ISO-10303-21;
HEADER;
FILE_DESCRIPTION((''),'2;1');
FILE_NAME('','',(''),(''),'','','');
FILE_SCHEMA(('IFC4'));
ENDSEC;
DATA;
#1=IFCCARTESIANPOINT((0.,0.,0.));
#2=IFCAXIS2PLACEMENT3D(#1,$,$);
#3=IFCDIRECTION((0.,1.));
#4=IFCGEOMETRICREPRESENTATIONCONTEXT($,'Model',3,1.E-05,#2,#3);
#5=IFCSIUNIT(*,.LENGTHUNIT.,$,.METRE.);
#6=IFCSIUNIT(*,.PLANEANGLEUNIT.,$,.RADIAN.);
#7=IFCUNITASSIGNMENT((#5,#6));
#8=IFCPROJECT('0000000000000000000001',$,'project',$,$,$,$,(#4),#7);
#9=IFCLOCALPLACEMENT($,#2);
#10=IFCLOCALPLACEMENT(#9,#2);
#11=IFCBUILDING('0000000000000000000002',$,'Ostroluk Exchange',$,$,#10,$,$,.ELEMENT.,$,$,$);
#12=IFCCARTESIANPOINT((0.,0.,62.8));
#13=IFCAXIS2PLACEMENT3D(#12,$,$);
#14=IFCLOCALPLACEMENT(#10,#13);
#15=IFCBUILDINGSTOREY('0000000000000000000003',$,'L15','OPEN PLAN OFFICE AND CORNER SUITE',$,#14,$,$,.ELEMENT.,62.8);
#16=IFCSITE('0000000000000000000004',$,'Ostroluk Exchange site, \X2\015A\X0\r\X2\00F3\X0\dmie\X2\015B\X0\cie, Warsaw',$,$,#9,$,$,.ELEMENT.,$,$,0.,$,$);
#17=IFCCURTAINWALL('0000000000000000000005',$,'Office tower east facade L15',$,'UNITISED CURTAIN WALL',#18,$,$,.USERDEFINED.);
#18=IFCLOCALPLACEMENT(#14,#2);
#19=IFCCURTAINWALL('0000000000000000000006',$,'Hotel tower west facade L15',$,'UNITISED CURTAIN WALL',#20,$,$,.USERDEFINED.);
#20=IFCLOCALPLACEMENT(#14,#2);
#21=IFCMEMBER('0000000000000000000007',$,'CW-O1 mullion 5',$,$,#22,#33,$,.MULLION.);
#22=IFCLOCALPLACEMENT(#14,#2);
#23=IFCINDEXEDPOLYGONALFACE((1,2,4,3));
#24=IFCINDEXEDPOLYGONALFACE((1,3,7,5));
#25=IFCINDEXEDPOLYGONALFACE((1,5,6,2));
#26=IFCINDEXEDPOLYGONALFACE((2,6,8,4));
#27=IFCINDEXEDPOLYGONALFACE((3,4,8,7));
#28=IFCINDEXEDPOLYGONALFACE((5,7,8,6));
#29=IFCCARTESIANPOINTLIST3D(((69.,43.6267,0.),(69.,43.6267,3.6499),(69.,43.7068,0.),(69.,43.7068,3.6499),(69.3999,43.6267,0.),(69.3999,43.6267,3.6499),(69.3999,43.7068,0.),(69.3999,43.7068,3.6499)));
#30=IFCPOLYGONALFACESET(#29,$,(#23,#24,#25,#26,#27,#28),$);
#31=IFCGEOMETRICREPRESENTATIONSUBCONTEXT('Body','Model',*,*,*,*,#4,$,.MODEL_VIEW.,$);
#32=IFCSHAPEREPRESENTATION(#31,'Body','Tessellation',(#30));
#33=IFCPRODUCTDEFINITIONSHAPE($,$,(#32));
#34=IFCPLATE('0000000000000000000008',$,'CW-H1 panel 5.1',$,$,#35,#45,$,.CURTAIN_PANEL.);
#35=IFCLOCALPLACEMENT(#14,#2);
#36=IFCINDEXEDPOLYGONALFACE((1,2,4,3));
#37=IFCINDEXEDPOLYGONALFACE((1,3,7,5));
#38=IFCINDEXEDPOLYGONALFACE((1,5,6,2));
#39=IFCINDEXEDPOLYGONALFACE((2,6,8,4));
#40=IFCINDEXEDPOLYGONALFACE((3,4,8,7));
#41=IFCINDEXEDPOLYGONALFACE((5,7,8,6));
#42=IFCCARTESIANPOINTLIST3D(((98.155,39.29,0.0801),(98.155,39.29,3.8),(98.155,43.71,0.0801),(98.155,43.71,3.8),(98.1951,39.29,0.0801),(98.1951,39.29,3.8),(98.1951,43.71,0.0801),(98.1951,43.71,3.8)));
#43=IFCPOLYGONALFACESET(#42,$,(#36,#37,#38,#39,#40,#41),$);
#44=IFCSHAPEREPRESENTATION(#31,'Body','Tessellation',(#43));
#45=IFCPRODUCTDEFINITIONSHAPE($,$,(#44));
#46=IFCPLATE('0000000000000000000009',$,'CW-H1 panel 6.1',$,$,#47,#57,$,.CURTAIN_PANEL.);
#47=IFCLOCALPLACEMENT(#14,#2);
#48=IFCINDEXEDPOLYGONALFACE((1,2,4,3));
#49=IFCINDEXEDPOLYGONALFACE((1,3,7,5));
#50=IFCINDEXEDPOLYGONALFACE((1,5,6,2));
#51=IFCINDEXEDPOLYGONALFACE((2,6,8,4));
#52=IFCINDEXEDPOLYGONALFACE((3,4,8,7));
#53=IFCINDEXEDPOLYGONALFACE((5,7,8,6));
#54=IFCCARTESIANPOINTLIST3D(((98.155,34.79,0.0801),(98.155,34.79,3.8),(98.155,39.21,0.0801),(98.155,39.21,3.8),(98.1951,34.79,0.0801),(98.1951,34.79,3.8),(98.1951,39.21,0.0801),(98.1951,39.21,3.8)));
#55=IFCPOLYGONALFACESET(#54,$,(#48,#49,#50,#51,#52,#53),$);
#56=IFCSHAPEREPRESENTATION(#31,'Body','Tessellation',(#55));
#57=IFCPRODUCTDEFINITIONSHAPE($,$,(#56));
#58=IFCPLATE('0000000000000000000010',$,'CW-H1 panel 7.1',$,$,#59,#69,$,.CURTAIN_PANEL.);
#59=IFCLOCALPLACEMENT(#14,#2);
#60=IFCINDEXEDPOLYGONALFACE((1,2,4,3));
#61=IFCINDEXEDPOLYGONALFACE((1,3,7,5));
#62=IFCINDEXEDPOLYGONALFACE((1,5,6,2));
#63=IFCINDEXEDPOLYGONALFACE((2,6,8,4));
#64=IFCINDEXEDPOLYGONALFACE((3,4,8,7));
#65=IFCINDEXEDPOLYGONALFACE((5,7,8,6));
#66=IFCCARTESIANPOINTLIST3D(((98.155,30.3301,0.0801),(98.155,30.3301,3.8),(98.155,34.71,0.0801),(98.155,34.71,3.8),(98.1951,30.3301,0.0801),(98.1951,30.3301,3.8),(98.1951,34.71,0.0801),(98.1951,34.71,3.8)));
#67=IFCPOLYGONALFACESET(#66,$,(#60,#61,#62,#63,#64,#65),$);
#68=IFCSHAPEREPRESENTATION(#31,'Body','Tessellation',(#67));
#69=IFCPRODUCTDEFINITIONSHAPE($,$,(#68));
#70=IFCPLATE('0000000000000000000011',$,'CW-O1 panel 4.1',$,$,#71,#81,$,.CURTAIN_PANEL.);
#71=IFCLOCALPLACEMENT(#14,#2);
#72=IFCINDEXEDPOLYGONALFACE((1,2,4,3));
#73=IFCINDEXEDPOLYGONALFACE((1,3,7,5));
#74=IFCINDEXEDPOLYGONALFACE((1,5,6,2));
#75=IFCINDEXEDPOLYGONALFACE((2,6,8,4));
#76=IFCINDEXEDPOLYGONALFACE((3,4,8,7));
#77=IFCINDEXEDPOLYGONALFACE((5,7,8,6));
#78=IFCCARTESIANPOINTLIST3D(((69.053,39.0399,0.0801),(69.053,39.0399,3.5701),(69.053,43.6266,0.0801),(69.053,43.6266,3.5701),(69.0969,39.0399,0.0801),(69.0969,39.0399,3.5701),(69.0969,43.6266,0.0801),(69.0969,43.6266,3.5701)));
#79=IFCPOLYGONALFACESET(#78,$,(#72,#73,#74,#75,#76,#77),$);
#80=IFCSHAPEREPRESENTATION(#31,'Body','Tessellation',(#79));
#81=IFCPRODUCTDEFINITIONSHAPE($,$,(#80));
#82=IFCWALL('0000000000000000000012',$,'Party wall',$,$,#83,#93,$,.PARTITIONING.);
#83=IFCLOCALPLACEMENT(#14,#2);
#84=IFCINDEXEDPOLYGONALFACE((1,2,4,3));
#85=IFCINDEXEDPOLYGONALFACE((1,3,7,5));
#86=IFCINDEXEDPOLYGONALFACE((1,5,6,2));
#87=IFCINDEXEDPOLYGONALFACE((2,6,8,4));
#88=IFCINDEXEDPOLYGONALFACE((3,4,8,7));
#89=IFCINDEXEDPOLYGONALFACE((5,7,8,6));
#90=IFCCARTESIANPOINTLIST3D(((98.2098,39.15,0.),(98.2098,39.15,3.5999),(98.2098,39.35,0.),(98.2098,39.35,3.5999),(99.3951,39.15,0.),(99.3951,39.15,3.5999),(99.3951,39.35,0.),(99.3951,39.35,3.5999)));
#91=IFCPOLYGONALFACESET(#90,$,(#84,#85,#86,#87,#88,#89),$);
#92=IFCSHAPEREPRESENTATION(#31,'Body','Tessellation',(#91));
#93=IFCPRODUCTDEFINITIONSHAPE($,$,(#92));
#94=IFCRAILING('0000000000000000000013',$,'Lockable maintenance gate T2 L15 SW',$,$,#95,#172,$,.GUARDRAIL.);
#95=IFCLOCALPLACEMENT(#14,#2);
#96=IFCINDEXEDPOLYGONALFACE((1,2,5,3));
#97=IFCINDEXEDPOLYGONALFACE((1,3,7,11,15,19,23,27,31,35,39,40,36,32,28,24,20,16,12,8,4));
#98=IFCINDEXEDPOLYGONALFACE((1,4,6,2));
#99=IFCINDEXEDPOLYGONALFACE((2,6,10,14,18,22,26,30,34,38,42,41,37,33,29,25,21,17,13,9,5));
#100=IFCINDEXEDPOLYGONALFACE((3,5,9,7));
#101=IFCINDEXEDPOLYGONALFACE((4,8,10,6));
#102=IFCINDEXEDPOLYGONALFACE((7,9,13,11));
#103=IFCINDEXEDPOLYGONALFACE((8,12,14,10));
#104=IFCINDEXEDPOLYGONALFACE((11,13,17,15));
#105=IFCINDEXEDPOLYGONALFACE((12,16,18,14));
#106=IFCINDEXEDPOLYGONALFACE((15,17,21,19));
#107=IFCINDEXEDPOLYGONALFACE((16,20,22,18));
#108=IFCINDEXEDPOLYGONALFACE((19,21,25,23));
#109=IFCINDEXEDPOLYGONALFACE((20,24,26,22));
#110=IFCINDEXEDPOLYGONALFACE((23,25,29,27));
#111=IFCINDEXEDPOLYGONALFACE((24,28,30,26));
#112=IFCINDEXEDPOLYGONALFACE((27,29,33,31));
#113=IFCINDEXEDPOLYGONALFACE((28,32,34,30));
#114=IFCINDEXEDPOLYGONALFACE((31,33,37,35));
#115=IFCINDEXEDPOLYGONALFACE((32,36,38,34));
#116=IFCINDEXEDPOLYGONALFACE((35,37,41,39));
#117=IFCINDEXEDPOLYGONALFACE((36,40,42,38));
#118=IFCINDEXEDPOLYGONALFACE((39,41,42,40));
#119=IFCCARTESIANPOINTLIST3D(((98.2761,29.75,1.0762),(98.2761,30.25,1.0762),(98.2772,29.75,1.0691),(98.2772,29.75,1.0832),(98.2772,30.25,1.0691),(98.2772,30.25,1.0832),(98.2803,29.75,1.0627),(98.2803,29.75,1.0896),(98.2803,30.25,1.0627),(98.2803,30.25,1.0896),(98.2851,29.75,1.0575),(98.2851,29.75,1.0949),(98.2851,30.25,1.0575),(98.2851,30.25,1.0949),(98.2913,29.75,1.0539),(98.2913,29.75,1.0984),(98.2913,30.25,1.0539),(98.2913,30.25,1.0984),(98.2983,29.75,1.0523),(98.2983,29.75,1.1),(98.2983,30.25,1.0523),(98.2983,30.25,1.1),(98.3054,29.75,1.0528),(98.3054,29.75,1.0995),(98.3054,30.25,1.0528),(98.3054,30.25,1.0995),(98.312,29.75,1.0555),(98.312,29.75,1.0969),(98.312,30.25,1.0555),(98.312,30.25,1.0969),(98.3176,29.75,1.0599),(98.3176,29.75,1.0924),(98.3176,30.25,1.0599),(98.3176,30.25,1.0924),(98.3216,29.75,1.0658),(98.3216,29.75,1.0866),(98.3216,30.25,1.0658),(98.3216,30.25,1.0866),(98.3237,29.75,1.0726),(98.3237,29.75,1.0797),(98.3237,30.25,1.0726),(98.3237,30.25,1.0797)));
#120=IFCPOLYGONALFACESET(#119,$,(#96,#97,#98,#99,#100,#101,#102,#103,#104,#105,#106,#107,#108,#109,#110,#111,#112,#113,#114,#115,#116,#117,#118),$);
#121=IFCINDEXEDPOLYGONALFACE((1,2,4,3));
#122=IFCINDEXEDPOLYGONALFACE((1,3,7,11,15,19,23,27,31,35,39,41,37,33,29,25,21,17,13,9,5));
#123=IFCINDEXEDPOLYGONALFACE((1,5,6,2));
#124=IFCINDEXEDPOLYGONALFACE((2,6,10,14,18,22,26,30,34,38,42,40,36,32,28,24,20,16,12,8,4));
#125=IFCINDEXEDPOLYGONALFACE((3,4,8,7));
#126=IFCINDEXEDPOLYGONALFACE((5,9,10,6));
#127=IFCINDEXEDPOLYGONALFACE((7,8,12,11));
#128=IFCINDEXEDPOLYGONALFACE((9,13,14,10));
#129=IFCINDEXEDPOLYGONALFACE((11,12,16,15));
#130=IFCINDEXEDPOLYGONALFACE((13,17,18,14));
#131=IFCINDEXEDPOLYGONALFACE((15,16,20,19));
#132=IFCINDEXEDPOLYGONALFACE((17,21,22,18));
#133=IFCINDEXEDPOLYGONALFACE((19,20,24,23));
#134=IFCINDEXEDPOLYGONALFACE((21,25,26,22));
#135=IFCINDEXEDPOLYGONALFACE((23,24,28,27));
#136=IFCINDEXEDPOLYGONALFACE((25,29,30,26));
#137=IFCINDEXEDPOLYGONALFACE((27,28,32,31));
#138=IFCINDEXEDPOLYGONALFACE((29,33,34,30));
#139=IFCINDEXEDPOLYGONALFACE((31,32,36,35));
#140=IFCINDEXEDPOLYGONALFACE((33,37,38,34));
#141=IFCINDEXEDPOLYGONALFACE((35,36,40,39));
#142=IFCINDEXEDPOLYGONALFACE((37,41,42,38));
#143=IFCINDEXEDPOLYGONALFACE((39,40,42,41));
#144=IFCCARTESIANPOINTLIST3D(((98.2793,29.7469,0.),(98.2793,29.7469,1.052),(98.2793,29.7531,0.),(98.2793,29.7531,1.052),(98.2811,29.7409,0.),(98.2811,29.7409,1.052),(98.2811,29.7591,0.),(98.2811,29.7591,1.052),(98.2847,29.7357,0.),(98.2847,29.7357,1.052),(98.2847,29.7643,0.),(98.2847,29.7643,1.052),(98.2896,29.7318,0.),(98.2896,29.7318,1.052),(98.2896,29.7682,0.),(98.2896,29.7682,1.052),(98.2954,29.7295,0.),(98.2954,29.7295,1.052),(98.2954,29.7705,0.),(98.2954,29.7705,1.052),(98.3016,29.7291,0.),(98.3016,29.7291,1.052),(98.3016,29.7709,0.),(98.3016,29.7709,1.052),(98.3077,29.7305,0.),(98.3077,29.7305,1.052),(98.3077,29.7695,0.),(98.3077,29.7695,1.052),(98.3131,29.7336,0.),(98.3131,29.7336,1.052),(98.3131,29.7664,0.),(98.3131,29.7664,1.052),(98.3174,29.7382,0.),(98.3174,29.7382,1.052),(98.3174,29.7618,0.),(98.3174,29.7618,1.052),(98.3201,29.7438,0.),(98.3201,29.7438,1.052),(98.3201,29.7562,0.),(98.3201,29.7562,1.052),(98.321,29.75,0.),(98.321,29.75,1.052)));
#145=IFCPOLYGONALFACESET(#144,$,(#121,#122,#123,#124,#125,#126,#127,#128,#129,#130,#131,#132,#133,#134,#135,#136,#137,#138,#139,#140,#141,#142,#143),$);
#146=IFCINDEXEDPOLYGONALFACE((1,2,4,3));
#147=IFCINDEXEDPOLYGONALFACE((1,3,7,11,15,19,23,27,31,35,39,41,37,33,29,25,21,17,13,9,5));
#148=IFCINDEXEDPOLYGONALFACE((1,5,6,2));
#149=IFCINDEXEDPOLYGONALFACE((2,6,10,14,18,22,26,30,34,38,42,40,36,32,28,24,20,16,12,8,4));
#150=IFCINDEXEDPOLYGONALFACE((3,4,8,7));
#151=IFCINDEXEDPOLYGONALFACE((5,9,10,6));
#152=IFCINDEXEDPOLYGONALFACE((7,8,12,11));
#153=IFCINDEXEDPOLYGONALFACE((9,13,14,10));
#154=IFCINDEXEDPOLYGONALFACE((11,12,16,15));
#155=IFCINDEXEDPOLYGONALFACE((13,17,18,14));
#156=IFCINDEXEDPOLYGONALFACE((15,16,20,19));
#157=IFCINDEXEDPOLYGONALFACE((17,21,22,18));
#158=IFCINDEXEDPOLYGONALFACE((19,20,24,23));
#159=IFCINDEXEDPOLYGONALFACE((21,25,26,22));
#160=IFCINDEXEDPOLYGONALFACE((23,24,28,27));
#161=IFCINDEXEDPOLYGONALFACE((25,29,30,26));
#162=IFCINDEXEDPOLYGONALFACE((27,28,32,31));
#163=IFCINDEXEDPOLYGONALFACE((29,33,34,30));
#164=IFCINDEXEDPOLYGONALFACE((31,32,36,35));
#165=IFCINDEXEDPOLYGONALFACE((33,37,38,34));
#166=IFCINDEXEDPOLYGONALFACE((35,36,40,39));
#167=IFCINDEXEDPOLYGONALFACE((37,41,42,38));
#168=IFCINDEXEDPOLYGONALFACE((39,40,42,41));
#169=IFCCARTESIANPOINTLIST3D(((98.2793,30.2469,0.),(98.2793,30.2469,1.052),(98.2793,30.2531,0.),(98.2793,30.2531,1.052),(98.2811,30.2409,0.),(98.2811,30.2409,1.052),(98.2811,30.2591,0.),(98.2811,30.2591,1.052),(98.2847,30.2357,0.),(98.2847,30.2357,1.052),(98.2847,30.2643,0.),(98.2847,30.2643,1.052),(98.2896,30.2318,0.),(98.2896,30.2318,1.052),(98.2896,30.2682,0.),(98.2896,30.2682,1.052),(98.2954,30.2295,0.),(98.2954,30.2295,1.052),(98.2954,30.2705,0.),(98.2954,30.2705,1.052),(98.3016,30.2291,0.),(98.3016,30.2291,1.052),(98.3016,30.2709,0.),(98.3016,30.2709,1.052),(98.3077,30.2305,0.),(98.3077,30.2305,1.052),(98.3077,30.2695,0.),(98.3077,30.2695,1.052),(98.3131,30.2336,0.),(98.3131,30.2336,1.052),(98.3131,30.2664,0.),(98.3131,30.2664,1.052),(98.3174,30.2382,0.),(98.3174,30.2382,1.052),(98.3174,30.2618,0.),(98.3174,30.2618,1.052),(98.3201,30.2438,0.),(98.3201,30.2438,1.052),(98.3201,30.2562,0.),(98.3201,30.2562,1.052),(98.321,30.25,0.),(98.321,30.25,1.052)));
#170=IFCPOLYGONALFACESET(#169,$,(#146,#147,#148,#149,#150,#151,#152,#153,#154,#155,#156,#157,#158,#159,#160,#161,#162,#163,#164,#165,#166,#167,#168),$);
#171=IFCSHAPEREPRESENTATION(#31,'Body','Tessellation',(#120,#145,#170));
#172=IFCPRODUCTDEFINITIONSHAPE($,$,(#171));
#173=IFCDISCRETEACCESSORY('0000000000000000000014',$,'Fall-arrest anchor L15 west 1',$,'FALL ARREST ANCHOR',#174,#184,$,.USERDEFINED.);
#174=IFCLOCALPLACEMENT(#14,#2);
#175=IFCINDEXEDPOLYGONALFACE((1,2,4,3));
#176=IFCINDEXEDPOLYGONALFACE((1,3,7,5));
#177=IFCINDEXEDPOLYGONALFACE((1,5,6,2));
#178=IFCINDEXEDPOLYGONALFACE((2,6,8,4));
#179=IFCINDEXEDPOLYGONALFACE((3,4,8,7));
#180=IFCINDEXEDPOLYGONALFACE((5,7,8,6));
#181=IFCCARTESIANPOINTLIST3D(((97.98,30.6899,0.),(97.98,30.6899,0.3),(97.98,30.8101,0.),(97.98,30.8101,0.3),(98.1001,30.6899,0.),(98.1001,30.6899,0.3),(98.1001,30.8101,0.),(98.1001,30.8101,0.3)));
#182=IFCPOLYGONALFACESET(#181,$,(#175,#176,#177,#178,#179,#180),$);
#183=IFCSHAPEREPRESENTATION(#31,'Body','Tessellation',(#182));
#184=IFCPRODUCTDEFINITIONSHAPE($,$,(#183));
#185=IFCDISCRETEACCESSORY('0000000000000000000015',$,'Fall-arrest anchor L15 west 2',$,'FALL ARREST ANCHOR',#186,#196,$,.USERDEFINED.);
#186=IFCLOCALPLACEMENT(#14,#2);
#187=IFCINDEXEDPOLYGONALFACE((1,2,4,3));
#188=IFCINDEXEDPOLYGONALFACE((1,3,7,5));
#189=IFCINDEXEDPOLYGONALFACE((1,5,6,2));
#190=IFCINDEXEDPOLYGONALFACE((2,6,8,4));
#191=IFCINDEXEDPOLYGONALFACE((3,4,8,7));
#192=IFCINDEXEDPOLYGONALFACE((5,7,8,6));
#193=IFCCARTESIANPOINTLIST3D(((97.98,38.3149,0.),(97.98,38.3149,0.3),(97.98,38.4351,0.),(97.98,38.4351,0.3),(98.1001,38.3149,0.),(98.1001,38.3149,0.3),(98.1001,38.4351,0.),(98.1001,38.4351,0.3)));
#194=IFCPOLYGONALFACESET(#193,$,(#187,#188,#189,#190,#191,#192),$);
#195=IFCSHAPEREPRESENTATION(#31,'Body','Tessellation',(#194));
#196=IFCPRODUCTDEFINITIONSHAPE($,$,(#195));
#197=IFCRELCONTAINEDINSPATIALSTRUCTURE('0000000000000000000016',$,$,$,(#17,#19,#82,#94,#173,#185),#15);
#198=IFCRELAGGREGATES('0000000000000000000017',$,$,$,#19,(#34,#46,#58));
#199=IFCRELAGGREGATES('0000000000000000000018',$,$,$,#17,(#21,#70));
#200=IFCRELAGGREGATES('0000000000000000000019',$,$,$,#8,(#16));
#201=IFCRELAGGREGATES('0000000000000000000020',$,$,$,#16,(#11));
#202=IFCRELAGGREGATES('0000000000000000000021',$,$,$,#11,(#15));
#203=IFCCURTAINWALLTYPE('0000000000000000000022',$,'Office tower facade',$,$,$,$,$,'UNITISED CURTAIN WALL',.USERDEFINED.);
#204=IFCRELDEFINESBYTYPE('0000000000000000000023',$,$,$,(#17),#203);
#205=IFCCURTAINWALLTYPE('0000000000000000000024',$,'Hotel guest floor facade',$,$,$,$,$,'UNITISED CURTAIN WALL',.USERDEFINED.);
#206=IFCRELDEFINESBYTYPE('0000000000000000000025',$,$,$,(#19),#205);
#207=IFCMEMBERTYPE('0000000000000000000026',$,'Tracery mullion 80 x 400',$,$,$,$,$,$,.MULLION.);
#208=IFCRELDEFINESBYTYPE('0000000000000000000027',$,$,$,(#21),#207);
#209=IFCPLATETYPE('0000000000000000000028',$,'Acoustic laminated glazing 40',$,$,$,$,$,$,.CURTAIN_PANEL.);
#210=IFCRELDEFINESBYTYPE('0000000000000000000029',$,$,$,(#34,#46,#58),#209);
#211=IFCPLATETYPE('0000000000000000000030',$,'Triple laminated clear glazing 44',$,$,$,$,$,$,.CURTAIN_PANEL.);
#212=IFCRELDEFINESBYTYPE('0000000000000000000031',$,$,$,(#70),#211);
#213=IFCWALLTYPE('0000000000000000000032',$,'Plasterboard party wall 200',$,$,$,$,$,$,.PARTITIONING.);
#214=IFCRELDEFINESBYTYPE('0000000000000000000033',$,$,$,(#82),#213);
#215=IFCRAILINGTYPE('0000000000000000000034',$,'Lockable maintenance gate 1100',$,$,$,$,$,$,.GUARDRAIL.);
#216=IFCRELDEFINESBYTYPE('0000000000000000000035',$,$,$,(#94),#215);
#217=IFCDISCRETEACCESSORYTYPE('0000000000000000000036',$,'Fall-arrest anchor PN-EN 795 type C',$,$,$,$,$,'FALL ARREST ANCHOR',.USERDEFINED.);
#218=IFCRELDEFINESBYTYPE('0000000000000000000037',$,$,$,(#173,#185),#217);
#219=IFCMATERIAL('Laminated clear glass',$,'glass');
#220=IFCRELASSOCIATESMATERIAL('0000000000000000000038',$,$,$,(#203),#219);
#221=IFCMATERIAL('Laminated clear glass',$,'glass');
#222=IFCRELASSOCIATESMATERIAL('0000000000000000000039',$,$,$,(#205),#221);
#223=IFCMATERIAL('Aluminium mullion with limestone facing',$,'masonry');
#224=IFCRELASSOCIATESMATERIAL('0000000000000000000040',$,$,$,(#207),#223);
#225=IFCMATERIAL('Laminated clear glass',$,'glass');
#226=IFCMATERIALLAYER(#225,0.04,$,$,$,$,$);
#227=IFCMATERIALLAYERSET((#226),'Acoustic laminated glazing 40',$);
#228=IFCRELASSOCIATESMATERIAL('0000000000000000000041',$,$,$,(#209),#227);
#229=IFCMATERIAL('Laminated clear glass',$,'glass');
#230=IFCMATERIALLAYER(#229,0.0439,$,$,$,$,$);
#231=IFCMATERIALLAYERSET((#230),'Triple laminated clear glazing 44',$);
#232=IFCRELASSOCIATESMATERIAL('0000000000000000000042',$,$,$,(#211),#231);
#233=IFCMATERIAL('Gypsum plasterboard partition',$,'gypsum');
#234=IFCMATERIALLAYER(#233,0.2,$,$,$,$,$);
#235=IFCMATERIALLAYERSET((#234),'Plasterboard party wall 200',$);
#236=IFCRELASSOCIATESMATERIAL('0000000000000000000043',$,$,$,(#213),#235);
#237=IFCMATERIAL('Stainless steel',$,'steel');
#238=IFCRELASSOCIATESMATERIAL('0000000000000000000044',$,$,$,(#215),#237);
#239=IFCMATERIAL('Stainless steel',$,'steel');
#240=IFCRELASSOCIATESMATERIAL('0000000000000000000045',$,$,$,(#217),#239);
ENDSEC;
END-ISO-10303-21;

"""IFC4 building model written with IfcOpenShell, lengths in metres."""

from ifc_helpers import new_model, si_unit, direction, frame, frame_2d, origin, origin_2d, place, context, subcontext, project, spatial, rectangle, circle, extrude, material, layer, layer_set, material_profile, profile_set, type_object, element, aggregate, save


model = new_model("IFC4")

# Units and contexts
model_context = context("Model", 3, precision=1e-05, world=origin(), true_north=direction((0.0, 1.0)))
body_context = subcontext(model_context, "Body", "Model", "MODEL_VIEW")
ifc_project = project(units=[si_unit("LENGTHUNIT", "METRE"), si_unit("PLANEANGLEUNIT", "RADIAN")], contexts=[model_context])

# Site, building, storey
site_placement = place(None, origin())
site = spatial("IfcSite", under=ifc_project, at=site_placement, Name="Ostroluk Exchange site, Śródmieście, Warsaw", CompositionType="ELEMENT", RefElevation=0.0)
building_placement = place(site_placement, origin())
building = spatial("IfcBuilding", under=site, at=building_placement, Name="Ostroluk Exchange", CompositionType="ELEMENT")
storey_placement = place(building_placement, frame((0.0, 0.0, 62.8)))
storey = spatial("IfcBuildingStorey", under=building, at=storey_placement, Name="L15", Description="OPEN PLAN OFFICE AND CORNER SUITE", CompositionType="ELEMENT", Elevation=62.8)

# Curtain walls
ifc_material_1 = material(Name="Laminated clear glass", Category="glass")
curtain_wall_type_1 = type_object("IfcCurtainWallType", Name="Office tower facade", ElementType="UNITISED CURTAIN WALL", PredefinedType="USERDEFINED", material=ifc_material_1)
curtain_wall_1_placement = place(storey_placement, origin())
curtain_wall_1 = element("IfcCurtainWall", 1, at=curtain_wall_1_placement, inside=storey, type_object=curtain_wall_type_1, Name="Office tower east facade L15", ObjectType="UNITISED CURTAIN WALL", PredefinedType="USERDEFINED")
ifc_material_2 = material(Name="Laminated clear glass", Category="glass")
curtain_wall_type_2 = type_object("IfcCurtainWallType", Name="Hotel guest floor facade", ElementType="UNITISED CURTAIN WALL", PredefinedType="USERDEFINED", material=ifc_material_2)
curtain_wall_2_placement = place(storey_placement, origin())
curtain_wall_2 = element("IfcCurtainWall", 2, at=curtain_wall_2_placement, inside=storey, type_object=curtain_wall_type_2, Name="Hotel tower west facade L15", ObjectType="UNITISED CURTAIN WALL", PredefinedType="USERDEFINED")

# Member
ifc_material_3 = material(Name="Aluminium mullion with limestone facing", Category="masonry")
ifc_material_profile_1 = material_profile(ifc_material_3, rectangle(XDim=0.3999, YDim=0.0801, at=origin_2d()), Name="Tracery mullion 80 x 400")
ifc_profile_set_1 = profile_set([ifc_material_profile_1], Name="Aluminium mullion with limestone facing")
member_type_1 = type_object("IfcMemberType", Name="Tracery mullion 80 x 400", PredefinedType="MULLION", material=ifc_profile_set_1)
member_1_placement = place(storey_placement, frame((69.2, 43.6667, 0.0), z_axis=(0.0, 0.0, 1.0), x_axis=(-1.0, 0.0, 0.0)))
member_1 = element("IfcMember", 3, at=member_1_placement, type_object=member_type_1, Name="CW-O1 mullion 5", PredefinedType="MULLION", context=body_context, shape_type="SweptSolid", body=[
    extrude(rectangle(XDim=0.3999, YDim=0.0801, at=origin_2d()), origin(), (0.0, 0.0, 1.0), 3.6499),
])

# Plates
ifc_material_4 = material(Name="Laminated clear glass", Category="glass")
ifc_layer_1 = layer(ifc_material_4, 0.04)
ifc_layer_set_1 = layer_set([ifc_layer_1], Name="Acoustic laminated glazing 40")
plate_type_1 = type_object("IfcPlateType", Name="Acoustic laminated glazing 40", PredefinedType="CURTAIN_PANEL", material=ifc_layer_set_1)
plate_1_placement = place(storey_placement, frame((98.175, 41.5, 0.0801), z_axis=(0.0, 0.0, 1.0), x_axis=(0.0, -1.0, 0.0)))
plate_1 = element("IfcPlate", 4, at=plate_1_placement, type_object=plate_type_1, Name="CW-H1 panel 5.1", PredefinedType="CURTAIN_PANEL", context=body_context, shape_type="SweptSolid", body=[
    extrude(rectangle(XDim=4.4199, YDim=0.04, at=origin_2d()), origin(), (0.0, 0.0, 1.0), 3.72),
])
plate_2_placement = place(storey_placement, frame((98.175, 37.0, 0.0801), z_axis=(0.0, 0.0, 1.0), x_axis=(0.0, -1.0, 0.0)))
plate_2 = element("IfcPlate", 5, at=plate_2_placement, type_object=plate_type_1, Name="CW-H1 panel 6.1", PredefinedType="CURTAIN_PANEL", context=body_context, shape_type="SweptSolid", body=[
    extrude(rectangle(XDim=4.4199, YDim=0.04, at=origin_2d()), origin(), (0.0, 0.0, 1.0), 3.72),
])
plate_3_placement = place(storey_placement, frame((98.175, 32.52, 0.0801), z_axis=(0.0, 0.0, 1.0), x_axis=(0.0, -1.0, 0.0)))
plate_3 = element("IfcPlate", 6, at=plate_3_placement, type_object=plate_type_1, Name="CW-H1 panel 7.1", PredefinedType="CURTAIN_PANEL", context=body_context, shape_type="SweptSolid", body=[
    extrude(rectangle(XDim=4.3799, YDim=0.04, at=origin_2d()), origin(), (0.0, 0.0, 1.0), 3.72),
])
aggregate(curtain_wall_2, [plate_1, plate_2, plate_3])
ifc_material_5 = material(Name="Laminated clear glass", Category="glass")
ifc_layer_2 = layer(ifc_material_5, 0.0439)
ifc_layer_set_2 = layer_set([ifc_layer_2], Name="Triple laminated clear glazing 44")
plate_type_2 = type_object("IfcPlateType", Name="Triple laminated clear glazing 44", PredefinedType="CURTAIN_PANEL", material=ifc_layer_set_2)
plate_4_placement = place(storey_placement, frame((69.075, 41.3333, 0.0801), z_axis=(0.0, 0.0, 1.0), x_axis=(0.0, 1.0, 0.0)))
plate_4 = element("IfcPlate", 7, at=plate_4_placement, type_object=plate_type_2, Name="CW-O1 panel 4.1", PredefinedType="CURTAIN_PANEL", context=body_context, shape_type="SweptSolid", body=[
    extrude(rectangle(XDim=4.5867, YDim=0.0439, at=origin_2d()), origin(), (0.0, 0.0, 1.0), 3.49),
])
aggregate(curtain_wall_1, [member_1, plate_4])

# Wall
ifc_material_6 = material(Name="Gypsum plasterboard partition", Category="gypsum")
ifc_layer_3 = layer(ifc_material_6, 0.2)
ifc_layer_set_3 = layer_set([ifc_layer_3], Name="Plasterboard party wall 200")
wall_type = type_object("IfcWallType", Name="Plasterboard party wall 200", PredefinedType="PARTITIONING", material=ifc_layer_set_3)
wall_placement = place(storey_placement, frame((99.3953, 39.25, 0.0), z_axis=(0.0, 0.0, 1.0), x_axis=(-1.0, 0.0, 0.0)))
element("IfcWall", 8, at=wall_placement, inside=storey, type_object=wall_type, Name="Party wall", PredefinedType="PARTITIONING", context=body_context, shape_type="SweptSolid", body=[
    extrude(rectangle(XDim=1.1853, YDim=0.2, at=frame_2d((0.5928, 0.0))), origin(), (0.0, 0.0, 1.0), 3.5999),
])

# Railing
ifc_material_7 = material(Name="Stainless steel", Category="steel")
railing_type = type_object("IfcRailingType", Name="Lockable maintenance gate 1100", PredefinedType="GUARDRAIL", material=ifc_material_7)
railing_placement = place(storey_placement, frame((98.3, 29.75, 0.0)))
element("IfcRailing", 9, at=railing_placement, inside=storey, type_object=railing_type, Name="Lockable maintenance gate T2 L15 SW", PredefinedType="GUARDRAIL", context=body_context, shape_type="SweptSolid", body=[
    extrude(circle(Radius=0.0239, at=origin_2d()), frame((0.0, 0.0, 1.0762), z_axis=(0.0, 1.0, 0.0), x_axis=(-1.0, 0.0, 0.0)), (0.0, 0.0, 1.0), 0.5),
    extrude(circle(Radius=0.021, at=origin_2d()), origin(), (0.0, 0.0, 1.0), 1.052),
    extrude(circle(Radius=0.021, at=origin_2d()), frame((0.0, 0.5, 0.0)), (0.0, 0.0, 1.0), 1.052),
])

# Discrete accessories
ifc_material_8 = material(Name="Stainless steel", Category="steel")
discrete_accessory_type = type_object("IfcDiscreteAccessoryType", Name="Fall-arrest anchor PN-EN 795 type C", ElementType="FALL ARREST ANCHOR", PredefinedType="USERDEFINED", material=ifc_material_8)
for number, where, z_axis, x_axis, name in (
    (10, (98.04, 30.75, 0.0), (0.0, 0.0, 1.0), (1.0, 0.0, 0.0), "Fall-arrest anchor L15 west 1"),
    (11, (98.04, 38.375, 0.0), (0.0, 0.0, 1.0), (1.0, 0.0, 0.0), "Fall-arrest anchor L15 west 2"),
):
    element("IfcDiscreteAccessory", number, at=place(storey_placement, frame(where, z_axis=z_axis, x_axis=x_axis)), inside=storey, type_object=discrete_accessory_type, Name=name, ObjectType="FALL ARREST ANCHOR", PredefinedType="USERDEFINED", context=body_context, shape_type="SweptSolid", body=[
        extrude(rectangle(XDim=0.1201, YDim=0.1201, at=origin_2d()), origin(), (0.0, 0.0, 1.0), 0.3),
    ])

save(model, "model.ifc")
